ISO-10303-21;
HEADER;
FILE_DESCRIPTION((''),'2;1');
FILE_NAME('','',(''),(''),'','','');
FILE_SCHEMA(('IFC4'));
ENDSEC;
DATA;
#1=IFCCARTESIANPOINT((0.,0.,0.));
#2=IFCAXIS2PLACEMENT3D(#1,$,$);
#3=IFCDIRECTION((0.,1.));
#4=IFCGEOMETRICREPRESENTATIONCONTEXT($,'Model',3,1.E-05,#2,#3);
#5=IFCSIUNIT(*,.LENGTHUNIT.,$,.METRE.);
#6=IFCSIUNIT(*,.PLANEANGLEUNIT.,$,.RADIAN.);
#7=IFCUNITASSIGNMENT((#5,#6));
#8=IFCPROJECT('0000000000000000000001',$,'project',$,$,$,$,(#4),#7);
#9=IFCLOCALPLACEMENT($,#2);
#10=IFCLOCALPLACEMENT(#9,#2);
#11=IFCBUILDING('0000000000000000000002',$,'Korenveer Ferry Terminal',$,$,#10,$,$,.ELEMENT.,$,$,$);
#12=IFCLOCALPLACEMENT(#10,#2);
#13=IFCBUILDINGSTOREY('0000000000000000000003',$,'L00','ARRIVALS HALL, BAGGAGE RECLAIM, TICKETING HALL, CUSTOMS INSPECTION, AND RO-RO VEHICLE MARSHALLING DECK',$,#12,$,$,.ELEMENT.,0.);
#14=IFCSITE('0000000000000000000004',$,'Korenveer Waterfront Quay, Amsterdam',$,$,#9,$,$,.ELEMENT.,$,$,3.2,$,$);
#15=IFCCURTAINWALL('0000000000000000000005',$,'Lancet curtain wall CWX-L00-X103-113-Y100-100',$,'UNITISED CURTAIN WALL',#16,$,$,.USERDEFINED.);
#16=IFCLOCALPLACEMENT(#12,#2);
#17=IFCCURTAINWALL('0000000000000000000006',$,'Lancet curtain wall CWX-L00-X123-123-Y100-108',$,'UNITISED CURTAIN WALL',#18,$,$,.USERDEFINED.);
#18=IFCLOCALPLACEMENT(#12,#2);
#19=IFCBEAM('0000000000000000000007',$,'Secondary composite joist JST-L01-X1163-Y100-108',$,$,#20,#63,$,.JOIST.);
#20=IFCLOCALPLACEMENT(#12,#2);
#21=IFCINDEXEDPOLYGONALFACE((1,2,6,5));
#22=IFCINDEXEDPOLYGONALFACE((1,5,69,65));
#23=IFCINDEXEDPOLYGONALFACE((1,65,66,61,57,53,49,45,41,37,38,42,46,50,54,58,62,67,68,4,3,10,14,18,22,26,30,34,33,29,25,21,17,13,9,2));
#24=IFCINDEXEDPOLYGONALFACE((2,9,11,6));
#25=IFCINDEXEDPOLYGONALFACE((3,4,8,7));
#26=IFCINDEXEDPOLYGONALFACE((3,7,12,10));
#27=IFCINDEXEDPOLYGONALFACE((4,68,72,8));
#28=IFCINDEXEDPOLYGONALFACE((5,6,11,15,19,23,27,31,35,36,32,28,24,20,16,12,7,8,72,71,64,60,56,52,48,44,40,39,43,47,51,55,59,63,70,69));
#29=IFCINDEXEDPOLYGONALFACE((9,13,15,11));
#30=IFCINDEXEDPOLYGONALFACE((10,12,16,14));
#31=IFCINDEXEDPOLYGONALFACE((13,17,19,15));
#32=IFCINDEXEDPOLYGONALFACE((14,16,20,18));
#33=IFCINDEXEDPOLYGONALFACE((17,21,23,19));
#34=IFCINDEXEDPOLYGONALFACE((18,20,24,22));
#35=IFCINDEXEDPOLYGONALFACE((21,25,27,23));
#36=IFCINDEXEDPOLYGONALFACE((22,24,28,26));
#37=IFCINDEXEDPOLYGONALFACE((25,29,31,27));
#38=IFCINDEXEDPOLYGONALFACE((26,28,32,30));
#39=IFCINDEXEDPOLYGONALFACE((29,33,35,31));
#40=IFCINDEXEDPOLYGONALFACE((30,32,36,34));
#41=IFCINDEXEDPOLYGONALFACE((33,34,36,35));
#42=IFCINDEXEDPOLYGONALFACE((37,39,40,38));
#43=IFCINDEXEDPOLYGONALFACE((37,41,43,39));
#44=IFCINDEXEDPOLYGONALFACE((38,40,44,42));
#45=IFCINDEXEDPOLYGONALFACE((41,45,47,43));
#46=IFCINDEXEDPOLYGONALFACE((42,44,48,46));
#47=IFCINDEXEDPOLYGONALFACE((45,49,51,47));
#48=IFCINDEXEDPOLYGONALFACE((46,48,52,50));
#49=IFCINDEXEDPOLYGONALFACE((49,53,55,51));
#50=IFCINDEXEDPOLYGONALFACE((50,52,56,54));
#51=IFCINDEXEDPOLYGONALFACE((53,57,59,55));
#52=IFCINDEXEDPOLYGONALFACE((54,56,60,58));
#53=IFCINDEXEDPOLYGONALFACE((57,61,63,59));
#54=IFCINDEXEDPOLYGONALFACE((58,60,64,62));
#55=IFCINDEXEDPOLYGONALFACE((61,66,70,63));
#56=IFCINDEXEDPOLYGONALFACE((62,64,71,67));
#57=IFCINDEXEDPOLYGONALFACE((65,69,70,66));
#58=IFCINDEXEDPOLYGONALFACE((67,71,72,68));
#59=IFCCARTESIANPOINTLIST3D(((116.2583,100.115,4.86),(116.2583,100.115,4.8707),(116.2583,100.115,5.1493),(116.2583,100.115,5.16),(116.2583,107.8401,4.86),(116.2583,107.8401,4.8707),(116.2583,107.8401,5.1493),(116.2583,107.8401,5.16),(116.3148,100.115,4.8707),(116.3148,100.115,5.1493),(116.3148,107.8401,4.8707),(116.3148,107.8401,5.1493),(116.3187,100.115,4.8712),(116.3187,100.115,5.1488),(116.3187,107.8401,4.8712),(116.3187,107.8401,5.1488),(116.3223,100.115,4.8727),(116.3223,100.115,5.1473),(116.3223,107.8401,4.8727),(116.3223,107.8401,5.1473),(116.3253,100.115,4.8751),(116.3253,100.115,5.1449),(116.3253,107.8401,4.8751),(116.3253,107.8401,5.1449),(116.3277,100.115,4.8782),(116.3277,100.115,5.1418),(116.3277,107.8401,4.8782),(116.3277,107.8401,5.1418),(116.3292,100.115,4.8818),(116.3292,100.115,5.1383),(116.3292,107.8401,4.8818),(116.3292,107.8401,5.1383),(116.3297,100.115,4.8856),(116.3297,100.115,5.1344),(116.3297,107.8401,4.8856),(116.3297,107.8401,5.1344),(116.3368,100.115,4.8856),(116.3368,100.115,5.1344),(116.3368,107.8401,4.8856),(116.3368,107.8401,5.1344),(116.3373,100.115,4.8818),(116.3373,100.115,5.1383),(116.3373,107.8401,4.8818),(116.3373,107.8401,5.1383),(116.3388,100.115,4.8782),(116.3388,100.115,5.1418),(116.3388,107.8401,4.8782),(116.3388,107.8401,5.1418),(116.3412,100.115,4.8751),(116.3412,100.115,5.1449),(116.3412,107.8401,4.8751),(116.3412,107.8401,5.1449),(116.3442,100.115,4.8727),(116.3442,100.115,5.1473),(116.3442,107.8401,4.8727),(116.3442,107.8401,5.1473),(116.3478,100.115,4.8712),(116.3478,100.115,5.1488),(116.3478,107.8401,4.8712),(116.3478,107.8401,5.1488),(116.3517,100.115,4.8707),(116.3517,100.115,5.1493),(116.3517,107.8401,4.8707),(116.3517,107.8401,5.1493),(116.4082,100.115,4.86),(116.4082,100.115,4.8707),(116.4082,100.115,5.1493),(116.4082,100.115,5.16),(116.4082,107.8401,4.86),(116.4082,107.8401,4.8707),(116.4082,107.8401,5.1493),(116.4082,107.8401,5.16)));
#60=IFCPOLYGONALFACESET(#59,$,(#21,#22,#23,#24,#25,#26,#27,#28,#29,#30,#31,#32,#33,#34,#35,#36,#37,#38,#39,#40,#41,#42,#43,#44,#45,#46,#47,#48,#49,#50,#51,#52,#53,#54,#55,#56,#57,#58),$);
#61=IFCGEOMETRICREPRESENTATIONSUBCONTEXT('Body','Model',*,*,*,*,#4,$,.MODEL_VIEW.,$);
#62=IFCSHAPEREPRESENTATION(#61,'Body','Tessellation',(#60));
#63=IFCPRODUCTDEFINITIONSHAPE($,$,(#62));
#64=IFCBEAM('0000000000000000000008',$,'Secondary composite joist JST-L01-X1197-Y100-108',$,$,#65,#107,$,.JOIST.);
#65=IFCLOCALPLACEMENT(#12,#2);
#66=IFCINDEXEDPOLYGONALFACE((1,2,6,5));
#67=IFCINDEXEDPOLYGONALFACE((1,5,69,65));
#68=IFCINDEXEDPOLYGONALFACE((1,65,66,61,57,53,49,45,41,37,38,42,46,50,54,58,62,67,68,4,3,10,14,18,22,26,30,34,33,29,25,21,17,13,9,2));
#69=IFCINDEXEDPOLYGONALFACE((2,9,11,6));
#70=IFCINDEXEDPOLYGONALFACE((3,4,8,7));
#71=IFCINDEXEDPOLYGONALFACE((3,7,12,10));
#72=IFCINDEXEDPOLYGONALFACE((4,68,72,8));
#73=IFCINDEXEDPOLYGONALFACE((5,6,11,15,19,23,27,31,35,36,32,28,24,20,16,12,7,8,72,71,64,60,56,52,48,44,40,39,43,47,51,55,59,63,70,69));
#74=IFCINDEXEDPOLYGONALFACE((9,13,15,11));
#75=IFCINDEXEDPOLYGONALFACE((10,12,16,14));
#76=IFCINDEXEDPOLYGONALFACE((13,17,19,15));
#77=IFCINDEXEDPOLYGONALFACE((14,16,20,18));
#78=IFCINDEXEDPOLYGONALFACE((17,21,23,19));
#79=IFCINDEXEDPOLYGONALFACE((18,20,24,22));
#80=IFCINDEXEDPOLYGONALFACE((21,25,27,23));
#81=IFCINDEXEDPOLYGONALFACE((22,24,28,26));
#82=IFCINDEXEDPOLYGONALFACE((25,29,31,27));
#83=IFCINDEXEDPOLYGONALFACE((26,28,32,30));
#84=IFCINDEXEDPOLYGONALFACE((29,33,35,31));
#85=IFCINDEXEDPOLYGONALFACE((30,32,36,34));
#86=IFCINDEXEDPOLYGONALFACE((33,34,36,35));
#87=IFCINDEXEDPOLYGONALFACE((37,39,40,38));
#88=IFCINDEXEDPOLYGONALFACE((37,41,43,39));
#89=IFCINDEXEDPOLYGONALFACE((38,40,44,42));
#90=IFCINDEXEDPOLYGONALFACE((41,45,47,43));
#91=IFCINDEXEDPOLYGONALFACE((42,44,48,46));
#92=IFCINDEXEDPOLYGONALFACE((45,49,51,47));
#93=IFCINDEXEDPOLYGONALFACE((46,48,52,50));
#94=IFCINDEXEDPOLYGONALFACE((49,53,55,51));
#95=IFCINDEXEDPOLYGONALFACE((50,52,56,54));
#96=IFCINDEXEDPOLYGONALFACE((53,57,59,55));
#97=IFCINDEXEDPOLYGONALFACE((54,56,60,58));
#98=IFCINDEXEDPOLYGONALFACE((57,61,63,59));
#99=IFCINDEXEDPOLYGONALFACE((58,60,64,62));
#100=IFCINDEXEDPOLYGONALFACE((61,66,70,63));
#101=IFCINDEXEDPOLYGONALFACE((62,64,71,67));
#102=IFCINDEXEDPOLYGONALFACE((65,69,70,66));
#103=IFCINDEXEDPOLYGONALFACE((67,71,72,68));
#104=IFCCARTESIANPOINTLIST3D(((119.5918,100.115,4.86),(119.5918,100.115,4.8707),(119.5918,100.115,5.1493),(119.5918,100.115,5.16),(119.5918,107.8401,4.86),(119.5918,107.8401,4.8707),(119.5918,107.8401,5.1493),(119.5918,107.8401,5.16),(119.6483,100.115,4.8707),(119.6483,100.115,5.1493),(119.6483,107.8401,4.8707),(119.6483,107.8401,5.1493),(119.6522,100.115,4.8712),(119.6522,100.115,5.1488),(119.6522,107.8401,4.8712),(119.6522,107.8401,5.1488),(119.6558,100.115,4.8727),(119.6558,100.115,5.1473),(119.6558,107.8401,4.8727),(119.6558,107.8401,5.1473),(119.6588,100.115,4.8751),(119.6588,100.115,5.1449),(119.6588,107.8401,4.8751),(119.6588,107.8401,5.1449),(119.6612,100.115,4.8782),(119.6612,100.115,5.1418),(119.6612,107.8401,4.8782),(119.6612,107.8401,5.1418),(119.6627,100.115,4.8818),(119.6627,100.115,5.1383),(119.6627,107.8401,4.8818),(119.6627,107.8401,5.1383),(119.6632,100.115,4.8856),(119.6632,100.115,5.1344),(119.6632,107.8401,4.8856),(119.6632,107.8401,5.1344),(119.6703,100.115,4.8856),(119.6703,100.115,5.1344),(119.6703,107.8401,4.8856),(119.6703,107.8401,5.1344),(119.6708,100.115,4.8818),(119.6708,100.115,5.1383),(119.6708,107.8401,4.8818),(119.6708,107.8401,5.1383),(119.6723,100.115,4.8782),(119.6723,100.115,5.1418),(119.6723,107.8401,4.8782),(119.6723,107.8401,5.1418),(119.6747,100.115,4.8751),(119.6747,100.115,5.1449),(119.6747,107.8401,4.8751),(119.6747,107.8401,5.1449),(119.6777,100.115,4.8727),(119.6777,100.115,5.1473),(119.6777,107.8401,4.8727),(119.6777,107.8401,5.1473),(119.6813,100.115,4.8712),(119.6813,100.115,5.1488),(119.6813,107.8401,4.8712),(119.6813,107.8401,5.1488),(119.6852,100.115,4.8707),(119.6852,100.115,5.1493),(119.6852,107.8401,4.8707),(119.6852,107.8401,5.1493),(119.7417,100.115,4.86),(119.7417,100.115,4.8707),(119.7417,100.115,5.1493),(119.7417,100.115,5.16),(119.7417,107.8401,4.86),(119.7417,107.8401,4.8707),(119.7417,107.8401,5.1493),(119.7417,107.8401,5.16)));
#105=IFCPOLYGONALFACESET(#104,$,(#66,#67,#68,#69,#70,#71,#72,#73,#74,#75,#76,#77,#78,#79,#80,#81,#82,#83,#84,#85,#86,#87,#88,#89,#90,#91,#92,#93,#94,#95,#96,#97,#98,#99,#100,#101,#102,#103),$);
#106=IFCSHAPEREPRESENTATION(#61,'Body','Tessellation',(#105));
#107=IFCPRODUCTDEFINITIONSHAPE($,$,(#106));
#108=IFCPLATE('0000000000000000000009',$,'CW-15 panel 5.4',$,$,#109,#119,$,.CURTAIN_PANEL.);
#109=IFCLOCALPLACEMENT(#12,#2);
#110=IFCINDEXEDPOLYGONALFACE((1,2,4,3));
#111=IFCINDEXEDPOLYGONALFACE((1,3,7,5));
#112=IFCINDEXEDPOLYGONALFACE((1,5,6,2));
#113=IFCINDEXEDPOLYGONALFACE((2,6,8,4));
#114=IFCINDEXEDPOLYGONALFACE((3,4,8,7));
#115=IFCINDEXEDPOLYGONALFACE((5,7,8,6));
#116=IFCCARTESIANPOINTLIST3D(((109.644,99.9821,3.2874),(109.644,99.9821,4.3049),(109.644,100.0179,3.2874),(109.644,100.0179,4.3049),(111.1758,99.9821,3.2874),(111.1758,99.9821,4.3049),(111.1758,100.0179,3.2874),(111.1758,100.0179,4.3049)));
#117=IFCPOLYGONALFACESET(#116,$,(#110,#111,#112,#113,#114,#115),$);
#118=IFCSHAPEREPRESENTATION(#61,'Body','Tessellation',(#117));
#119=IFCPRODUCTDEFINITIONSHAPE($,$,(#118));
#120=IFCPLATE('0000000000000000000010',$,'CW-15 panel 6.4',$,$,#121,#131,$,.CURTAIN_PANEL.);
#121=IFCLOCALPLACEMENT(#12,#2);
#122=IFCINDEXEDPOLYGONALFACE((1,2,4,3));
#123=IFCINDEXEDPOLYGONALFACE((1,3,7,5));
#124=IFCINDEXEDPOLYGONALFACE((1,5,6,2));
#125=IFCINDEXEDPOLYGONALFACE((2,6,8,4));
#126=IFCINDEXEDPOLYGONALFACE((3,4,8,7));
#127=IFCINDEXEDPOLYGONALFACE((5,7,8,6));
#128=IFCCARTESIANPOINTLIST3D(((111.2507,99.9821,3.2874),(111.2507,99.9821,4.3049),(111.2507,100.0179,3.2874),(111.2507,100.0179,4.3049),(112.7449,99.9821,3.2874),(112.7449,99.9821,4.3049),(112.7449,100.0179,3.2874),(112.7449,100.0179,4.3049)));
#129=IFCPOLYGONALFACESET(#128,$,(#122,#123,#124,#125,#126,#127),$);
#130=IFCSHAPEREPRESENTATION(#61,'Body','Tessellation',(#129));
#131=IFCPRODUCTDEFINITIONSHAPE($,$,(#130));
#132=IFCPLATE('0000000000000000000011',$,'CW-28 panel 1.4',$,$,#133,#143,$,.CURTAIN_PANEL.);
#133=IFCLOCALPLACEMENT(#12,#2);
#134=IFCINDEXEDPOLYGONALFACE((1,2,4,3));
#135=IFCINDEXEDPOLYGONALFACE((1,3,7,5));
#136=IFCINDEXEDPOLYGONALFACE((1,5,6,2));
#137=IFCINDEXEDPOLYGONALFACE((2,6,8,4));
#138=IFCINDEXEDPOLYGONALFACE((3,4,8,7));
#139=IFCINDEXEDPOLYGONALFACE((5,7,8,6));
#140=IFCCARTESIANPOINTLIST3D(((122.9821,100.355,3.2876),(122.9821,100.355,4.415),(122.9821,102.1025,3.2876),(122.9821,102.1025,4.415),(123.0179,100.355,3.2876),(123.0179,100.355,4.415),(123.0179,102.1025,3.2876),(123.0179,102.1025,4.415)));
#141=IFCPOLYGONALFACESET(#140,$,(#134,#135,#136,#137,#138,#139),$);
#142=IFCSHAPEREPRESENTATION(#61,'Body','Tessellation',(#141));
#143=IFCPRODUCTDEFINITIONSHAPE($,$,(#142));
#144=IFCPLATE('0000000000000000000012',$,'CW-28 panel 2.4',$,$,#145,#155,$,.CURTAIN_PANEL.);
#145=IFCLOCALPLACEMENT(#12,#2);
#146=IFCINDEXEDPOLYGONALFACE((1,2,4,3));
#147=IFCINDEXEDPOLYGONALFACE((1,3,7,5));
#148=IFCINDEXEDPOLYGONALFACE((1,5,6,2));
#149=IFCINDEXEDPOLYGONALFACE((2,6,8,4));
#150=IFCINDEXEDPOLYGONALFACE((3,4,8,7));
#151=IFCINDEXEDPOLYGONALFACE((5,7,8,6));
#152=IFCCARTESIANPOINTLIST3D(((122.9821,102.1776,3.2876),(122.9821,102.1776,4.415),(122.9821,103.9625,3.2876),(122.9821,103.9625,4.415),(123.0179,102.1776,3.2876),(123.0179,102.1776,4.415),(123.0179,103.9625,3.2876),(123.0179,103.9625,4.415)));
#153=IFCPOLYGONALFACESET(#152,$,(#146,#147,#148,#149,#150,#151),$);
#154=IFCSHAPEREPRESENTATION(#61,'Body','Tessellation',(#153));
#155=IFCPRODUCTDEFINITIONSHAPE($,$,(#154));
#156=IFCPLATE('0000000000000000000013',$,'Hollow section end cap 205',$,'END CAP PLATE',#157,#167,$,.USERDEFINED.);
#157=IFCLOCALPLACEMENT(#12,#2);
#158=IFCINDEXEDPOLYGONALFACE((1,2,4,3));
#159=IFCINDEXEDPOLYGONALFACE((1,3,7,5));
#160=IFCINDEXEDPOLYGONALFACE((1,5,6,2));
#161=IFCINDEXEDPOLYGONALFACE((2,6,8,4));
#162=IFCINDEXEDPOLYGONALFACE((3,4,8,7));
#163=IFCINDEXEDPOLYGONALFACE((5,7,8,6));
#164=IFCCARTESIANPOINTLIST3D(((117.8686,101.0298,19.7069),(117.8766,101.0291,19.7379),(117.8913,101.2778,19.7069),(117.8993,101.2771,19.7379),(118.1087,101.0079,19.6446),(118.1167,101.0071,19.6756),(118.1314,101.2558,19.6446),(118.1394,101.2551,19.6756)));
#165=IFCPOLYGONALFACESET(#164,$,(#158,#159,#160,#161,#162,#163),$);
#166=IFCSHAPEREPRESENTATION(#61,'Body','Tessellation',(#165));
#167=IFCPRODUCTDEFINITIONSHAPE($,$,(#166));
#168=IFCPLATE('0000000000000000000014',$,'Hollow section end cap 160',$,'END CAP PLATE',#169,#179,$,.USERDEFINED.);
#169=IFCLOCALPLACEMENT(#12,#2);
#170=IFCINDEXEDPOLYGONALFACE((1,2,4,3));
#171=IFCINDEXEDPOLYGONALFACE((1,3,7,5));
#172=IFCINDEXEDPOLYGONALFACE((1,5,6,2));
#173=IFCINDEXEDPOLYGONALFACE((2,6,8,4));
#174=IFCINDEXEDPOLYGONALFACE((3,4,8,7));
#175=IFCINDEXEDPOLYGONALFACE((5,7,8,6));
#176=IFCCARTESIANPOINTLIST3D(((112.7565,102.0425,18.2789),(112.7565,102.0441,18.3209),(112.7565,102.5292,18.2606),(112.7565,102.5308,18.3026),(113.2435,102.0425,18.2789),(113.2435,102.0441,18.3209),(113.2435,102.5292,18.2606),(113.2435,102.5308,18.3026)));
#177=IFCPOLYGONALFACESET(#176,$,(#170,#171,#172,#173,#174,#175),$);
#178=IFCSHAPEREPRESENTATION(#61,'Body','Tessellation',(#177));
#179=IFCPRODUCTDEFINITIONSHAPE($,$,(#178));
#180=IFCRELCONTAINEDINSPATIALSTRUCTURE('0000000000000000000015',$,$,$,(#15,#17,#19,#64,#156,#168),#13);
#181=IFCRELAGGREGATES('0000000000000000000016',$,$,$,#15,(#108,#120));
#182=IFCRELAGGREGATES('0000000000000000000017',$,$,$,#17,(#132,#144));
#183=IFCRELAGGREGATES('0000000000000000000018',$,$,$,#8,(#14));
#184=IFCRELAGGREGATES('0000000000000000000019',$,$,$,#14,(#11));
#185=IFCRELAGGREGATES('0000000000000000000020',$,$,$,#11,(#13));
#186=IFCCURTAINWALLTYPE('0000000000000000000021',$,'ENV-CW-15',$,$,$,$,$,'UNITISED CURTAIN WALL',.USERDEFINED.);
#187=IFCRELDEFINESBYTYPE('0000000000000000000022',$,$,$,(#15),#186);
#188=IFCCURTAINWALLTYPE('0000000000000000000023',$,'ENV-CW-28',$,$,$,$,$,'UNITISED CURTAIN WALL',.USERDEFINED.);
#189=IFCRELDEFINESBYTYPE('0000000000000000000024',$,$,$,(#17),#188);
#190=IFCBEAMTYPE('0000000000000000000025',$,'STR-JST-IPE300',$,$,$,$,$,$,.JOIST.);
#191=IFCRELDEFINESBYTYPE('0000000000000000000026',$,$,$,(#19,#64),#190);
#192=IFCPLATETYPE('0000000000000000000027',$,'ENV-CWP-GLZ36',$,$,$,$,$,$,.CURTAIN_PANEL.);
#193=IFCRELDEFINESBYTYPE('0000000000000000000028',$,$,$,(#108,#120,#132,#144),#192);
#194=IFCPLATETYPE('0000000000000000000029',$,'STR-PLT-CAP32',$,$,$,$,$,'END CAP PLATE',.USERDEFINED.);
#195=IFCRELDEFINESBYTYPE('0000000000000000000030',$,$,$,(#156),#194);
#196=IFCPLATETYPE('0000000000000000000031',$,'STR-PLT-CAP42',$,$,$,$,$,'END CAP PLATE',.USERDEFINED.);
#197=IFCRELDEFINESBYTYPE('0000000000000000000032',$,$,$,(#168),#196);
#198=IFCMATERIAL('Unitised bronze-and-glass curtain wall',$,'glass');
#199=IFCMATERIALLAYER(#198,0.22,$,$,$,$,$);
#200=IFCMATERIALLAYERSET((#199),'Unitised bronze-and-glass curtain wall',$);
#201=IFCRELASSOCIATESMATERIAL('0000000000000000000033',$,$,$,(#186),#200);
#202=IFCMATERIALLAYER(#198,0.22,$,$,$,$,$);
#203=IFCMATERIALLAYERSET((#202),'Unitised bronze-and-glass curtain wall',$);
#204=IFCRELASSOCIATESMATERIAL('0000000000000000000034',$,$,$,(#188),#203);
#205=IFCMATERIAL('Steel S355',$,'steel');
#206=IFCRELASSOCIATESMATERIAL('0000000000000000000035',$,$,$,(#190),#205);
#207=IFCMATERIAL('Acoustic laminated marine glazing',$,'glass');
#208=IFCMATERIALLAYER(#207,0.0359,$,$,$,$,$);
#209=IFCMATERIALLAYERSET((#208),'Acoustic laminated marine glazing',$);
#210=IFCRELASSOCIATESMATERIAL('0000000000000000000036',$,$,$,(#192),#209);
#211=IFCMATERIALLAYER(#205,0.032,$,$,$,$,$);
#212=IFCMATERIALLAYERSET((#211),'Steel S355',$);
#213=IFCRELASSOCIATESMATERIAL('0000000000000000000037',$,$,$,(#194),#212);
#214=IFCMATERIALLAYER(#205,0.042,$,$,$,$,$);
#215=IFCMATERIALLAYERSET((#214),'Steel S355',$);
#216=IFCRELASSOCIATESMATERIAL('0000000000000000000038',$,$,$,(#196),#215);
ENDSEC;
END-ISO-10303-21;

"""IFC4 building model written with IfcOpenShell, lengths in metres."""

from ifc_helpers import new_model, si_unit, direction, frame, origin, origin_2d, place, context, subcontext, project, spatial, rectangle, i_section, extrude, material, layer, layer_set, material_profile, profile_set, type_object, element, aggregate, save


model = new_model("IFC4")

# Units and contexts
model_context = context("Model", 3, precision=1e-05, world=origin(), true_north=direction((0.0, 1.0)))
body_context = subcontext(model_context, "Body", "Model", "MODEL_VIEW")
ifc_project = project(units=[si_unit("LENGTHUNIT", "METRE"), si_unit("PLANEANGLEUNIT", "RADIAN")], contexts=[model_context])

# Site, building, storey
site_placement = place(None, origin())
site = spatial("IfcSite", under=ifc_project, at=site_placement, Name="Korenveer Waterfront Quay, Amsterdam", CompositionType="ELEMENT", RefElevation=3.2)
building_placement = place(site_placement, origin())
building = spatial("IfcBuilding", under=site, at=building_placement, Name="Korenveer Ferry Terminal", CompositionType="ELEMENT")
storey_placement = place(building_placement, origin())
storey = spatial("IfcBuildingStorey", under=building, at=storey_placement, Name="L00", Description="ARRIVALS HALL, BAGGAGE RECLAIM, TICKETING HALL, CUSTOMS INSPECTION, AND RO-RO VEHICLE MARSHALLING DECK", CompositionType="ELEMENT", Elevation=0.0)

# Curtain walls
ifc_material_1 = material(Name="Unitised bronze-and-glass curtain wall", Category="glass")
ifc_layer_1 = layer(ifc_material_1, 0.22)
ifc_layer_set_1 = layer_set([ifc_layer_1], Name="Unitised bronze-and-glass curtain wall")
curtain_wall_type_1 = type_object("IfcCurtainWallType", Name="ENV-CW-15", ElementType="UNITISED CURTAIN WALL", PredefinedType="USERDEFINED", material=ifc_layer_set_1)
curtain_wall_1_placement = place(storey_placement, frame((103.1799, 100.0, 0.0)))
curtain_wall_1 = element("IfcCurtainWall", 1, at=curtain_wall_1_placement, inside=storey, type_object=curtain_wall_type_1, Name="Lancet curtain wall CWX-L00-X103-113-Y100-100", ObjectType="UNITISED CURTAIN WALL", PredefinedType="USERDEFINED")
ifc_layer_2 = layer(ifc_material_1, 0.22)
ifc_layer_set_2 = layer_set([ifc_layer_2], Name="Unitised bronze-and-glass curtain wall")
curtain_wall_type_2 = type_object("IfcCurtainWallType", Name="ENV-CW-28", ElementType="UNITISED CURTAIN WALL", PredefinedType="USERDEFINED", material=ifc_layer_set_2)
curtain_wall_2_placement = place(storey_placement, frame((123.0, 100.28, 0.0)))
curtain_wall_2 = element("IfcCurtainWall", 2, at=curtain_wall_2_placement, inside=storey, type_object=curtain_wall_type_2, Name="Lancet curtain wall CWX-L00-X123-123-Y100-108", ObjectType="UNITISED CURTAIN WALL", PredefinedType="USERDEFINED")

# Beams
ifc_material_2 = material(Name="Steel S355", Category="steel")
ifc_material_profile_1 = material_profile(ifc_material_2, i_section(OverallWidth=0.1499, OverallDepth=0.3, WebThickness=0.0071, FlangeThickness=0.0107, FilletRadius=0.0149, at=origin_2d()), Name="IPE 300")
ifc_profile_set_1 = profile_set([ifc_material_profile_1], Name="Steel S355")
beam_type_1 = type_object("IfcBeamType", Name="STR-JST-IPE300", PredefinedType="JOIST", material=ifc_profile_set_1)
for number, where, z_axis, x_axis, name in (
    (3, (116.3333, 100.115, 5.01), (0.0, 1.0, 0.0), (-1.0, 0.0, 0.0), "Secondary composite joist JST-L01-X1163-Y100-108"),
    (4, (119.6667, 100.115, 5.01), (0.0, 1.0, 0.0), (-1.0, 0.0, 0.0), "Secondary composite joist JST-L01-X1197-Y100-108"),
):
    element("IfcBeam", number, at=place(storey_placement, frame(where, z_axis=z_axis, x_axis=x_axis)), inside=storey, type_object=beam_type_1, Name=name, PredefinedType="JOIST", context=body_context, shape_type="SweptSolid", body=[
        extrude(i_section(OverallWidth=0.1499, OverallDepth=0.3, WebThickness=0.0071, FlangeThickness=0.0107, FilletRadius=0.0149, at=origin_2d()), origin(), (0.0, 0.0, 1.0), 7.7251),
    ])

# Plates
ifc_material_3 = material(Name="Acoustic laminated marine glazing", Category="glass")
ifc_layer_3 = layer(ifc_material_3, 0.0359)
ifc_layer_set_3 = layer_set([ifc_layer_3], Name="Acoustic laminated marine glazing")
plate_type_1 = type_object("IfcPlateType", Name="ENV-CWP-GLZ36", PredefinedType="CURTAIN_PANEL", material=ifc_layer_set_3)
plate_1_placement = place(storey_placement, frame((110.4099, 100.0, 3.2874), z_axis=(0.0, 0.0, 1.0), x_axis=(1.0, 0.0, 0.0)))
plate_1 = element("IfcPlate", 5, at=plate_1_placement, type_object=plate_type_1, Name="CW-15 panel 5.4", PredefinedType="CURTAIN_PANEL", context=body_context, shape_type="SweptSolid", body=[
    extrude(rectangle(XDim=1.5317, YDim=0.0359, at=origin_2d()), origin(), (0.0, 0.0, 1.0), 1.0176),
])
plate_2_placement = place(storey_placement, frame((111.9978, 100.0, 3.2874), z_axis=(0.0, 0.0, 1.0), x_axis=(1.0, 0.0, 0.0)))
plate_2 = element("IfcPlate", 6, at=plate_2_placement, type_object=plate_type_1, Name="CW-15 panel 6.4", PredefinedType="CURTAIN_PANEL", context=body_context, shape_type="SweptSolid", body=[
    extrude(rectangle(XDim=1.4941, YDim=0.0359, at=origin_2d()), origin(), (0.0, 0.0, 1.0), 1.0176),
])
aggregate(curtain_wall_1, [plate_1, plate_2])
plate_3_placement = place(storey_placement, frame((123.0, 101.2288, 3.2876), z_axis=(0.0, 0.0, 1.0), x_axis=(0.0, 1.0, 0.0)))
plate_3 = element("IfcPlate", 7, at=plate_3_placement, type_object=plate_type_1, Name="CW-28 panel 1.4", PredefinedType="CURTAIN_PANEL", context=body_context, shape_type="SweptSolid", body=[
    extrude(rectangle(XDim=1.7476, YDim=0.0359, at=origin_2d()), origin(), (0.0, 0.0, 1.0), 1.1274),
])
plate_4_placement = place(storey_placement, frame((123.0, 103.0701, 3.2876), z_axis=(0.0, 0.0, 1.0), x_axis=(0.0, 1.0, 0.0)))
plate_4 = element("IfcPlate", 8, at=plate_4_placement, type_object=plate_type_1, Name="CW-28 panel 2.4", PredefinedType="CURTAIN_PANEL", context=body_context, shape_type="SweptSolid", body=[
    extrude(rectangle(XDim=1.7849, YDim=0.0359, at=origin_2d()), origin(), (0.0, 0.0, 1.0), 1.1274),
])
aggregate(curtain_wall_2, [plate_3, plate_4])

# Plates
ifc_layer_4 = layer(ifc_material_2, 0.032)
ifc_layer_set_4 = layer_set([ifc_layer_4], Name="Steel S355")
plate_type_2 = type_object("IfcPlateType", Name="STR-PLT-CAP32", ElementType="END CAP PLATE", PredefinedType="USERDEFINED", material=ifc_layer_set_4)
plate_5_placement = place(storey_placement, frame((118.0, 101.1428, 19.6758), z_axis=(0.249201, -0.022784, 0.968184), x_axis=(0.091049, 0.995846, 0.0)))
element("IfcPlate", 9, at=plate_5_placement, inside=storey, type_object=plate_type_2, Name="Hollow section end cap 205", ObjectType="END CAP PLATE", PredefinedType="USERDEFINED", context=body_context, shape_type="SweptSolid", body=[
    extrude(rectangle(XDim=0.249, YDim=0.249, at=origin_2d()), origin(), (0.0, 0.0, 1.0), 0.032),
])
ifc_layer_5 = layer(ifc_material_2, 0.042)
ifc_layer_set_5 = layer_set([ifc_layer_5], Name="Steel S355")
plate_type_3 = type_object("IfcPlateType", Name="STR-PLT-CAP42", ElementType="END CAP PLATE", PredefinedType="USERDEFINED", material=ifc_layer_set_5)
plate_6_placement = place(storey_placement, frame((113.0, 102.2859, 18.2698), z_axis=(0.0, 0.037506, 0.999296), x_axis=(-1.0, 0.0, 0.0)))
element("IfcPlate", 10, at=plate_6_placement, inside=storey, type_object=plate_type_3, Name="Hollow section end cap 160", ObjectType="END CAP PLATE", PredefinedType="USERDEFINED", context=body_context, shape_type="SweptSolid", body=[
    extrude(rectangle(XDim=0.4871, YDim=0.4871, at=origin_2d()), origin(), (0.0, 0.0, 1.0), 0.042),
])

save(model, "model.ifc")
